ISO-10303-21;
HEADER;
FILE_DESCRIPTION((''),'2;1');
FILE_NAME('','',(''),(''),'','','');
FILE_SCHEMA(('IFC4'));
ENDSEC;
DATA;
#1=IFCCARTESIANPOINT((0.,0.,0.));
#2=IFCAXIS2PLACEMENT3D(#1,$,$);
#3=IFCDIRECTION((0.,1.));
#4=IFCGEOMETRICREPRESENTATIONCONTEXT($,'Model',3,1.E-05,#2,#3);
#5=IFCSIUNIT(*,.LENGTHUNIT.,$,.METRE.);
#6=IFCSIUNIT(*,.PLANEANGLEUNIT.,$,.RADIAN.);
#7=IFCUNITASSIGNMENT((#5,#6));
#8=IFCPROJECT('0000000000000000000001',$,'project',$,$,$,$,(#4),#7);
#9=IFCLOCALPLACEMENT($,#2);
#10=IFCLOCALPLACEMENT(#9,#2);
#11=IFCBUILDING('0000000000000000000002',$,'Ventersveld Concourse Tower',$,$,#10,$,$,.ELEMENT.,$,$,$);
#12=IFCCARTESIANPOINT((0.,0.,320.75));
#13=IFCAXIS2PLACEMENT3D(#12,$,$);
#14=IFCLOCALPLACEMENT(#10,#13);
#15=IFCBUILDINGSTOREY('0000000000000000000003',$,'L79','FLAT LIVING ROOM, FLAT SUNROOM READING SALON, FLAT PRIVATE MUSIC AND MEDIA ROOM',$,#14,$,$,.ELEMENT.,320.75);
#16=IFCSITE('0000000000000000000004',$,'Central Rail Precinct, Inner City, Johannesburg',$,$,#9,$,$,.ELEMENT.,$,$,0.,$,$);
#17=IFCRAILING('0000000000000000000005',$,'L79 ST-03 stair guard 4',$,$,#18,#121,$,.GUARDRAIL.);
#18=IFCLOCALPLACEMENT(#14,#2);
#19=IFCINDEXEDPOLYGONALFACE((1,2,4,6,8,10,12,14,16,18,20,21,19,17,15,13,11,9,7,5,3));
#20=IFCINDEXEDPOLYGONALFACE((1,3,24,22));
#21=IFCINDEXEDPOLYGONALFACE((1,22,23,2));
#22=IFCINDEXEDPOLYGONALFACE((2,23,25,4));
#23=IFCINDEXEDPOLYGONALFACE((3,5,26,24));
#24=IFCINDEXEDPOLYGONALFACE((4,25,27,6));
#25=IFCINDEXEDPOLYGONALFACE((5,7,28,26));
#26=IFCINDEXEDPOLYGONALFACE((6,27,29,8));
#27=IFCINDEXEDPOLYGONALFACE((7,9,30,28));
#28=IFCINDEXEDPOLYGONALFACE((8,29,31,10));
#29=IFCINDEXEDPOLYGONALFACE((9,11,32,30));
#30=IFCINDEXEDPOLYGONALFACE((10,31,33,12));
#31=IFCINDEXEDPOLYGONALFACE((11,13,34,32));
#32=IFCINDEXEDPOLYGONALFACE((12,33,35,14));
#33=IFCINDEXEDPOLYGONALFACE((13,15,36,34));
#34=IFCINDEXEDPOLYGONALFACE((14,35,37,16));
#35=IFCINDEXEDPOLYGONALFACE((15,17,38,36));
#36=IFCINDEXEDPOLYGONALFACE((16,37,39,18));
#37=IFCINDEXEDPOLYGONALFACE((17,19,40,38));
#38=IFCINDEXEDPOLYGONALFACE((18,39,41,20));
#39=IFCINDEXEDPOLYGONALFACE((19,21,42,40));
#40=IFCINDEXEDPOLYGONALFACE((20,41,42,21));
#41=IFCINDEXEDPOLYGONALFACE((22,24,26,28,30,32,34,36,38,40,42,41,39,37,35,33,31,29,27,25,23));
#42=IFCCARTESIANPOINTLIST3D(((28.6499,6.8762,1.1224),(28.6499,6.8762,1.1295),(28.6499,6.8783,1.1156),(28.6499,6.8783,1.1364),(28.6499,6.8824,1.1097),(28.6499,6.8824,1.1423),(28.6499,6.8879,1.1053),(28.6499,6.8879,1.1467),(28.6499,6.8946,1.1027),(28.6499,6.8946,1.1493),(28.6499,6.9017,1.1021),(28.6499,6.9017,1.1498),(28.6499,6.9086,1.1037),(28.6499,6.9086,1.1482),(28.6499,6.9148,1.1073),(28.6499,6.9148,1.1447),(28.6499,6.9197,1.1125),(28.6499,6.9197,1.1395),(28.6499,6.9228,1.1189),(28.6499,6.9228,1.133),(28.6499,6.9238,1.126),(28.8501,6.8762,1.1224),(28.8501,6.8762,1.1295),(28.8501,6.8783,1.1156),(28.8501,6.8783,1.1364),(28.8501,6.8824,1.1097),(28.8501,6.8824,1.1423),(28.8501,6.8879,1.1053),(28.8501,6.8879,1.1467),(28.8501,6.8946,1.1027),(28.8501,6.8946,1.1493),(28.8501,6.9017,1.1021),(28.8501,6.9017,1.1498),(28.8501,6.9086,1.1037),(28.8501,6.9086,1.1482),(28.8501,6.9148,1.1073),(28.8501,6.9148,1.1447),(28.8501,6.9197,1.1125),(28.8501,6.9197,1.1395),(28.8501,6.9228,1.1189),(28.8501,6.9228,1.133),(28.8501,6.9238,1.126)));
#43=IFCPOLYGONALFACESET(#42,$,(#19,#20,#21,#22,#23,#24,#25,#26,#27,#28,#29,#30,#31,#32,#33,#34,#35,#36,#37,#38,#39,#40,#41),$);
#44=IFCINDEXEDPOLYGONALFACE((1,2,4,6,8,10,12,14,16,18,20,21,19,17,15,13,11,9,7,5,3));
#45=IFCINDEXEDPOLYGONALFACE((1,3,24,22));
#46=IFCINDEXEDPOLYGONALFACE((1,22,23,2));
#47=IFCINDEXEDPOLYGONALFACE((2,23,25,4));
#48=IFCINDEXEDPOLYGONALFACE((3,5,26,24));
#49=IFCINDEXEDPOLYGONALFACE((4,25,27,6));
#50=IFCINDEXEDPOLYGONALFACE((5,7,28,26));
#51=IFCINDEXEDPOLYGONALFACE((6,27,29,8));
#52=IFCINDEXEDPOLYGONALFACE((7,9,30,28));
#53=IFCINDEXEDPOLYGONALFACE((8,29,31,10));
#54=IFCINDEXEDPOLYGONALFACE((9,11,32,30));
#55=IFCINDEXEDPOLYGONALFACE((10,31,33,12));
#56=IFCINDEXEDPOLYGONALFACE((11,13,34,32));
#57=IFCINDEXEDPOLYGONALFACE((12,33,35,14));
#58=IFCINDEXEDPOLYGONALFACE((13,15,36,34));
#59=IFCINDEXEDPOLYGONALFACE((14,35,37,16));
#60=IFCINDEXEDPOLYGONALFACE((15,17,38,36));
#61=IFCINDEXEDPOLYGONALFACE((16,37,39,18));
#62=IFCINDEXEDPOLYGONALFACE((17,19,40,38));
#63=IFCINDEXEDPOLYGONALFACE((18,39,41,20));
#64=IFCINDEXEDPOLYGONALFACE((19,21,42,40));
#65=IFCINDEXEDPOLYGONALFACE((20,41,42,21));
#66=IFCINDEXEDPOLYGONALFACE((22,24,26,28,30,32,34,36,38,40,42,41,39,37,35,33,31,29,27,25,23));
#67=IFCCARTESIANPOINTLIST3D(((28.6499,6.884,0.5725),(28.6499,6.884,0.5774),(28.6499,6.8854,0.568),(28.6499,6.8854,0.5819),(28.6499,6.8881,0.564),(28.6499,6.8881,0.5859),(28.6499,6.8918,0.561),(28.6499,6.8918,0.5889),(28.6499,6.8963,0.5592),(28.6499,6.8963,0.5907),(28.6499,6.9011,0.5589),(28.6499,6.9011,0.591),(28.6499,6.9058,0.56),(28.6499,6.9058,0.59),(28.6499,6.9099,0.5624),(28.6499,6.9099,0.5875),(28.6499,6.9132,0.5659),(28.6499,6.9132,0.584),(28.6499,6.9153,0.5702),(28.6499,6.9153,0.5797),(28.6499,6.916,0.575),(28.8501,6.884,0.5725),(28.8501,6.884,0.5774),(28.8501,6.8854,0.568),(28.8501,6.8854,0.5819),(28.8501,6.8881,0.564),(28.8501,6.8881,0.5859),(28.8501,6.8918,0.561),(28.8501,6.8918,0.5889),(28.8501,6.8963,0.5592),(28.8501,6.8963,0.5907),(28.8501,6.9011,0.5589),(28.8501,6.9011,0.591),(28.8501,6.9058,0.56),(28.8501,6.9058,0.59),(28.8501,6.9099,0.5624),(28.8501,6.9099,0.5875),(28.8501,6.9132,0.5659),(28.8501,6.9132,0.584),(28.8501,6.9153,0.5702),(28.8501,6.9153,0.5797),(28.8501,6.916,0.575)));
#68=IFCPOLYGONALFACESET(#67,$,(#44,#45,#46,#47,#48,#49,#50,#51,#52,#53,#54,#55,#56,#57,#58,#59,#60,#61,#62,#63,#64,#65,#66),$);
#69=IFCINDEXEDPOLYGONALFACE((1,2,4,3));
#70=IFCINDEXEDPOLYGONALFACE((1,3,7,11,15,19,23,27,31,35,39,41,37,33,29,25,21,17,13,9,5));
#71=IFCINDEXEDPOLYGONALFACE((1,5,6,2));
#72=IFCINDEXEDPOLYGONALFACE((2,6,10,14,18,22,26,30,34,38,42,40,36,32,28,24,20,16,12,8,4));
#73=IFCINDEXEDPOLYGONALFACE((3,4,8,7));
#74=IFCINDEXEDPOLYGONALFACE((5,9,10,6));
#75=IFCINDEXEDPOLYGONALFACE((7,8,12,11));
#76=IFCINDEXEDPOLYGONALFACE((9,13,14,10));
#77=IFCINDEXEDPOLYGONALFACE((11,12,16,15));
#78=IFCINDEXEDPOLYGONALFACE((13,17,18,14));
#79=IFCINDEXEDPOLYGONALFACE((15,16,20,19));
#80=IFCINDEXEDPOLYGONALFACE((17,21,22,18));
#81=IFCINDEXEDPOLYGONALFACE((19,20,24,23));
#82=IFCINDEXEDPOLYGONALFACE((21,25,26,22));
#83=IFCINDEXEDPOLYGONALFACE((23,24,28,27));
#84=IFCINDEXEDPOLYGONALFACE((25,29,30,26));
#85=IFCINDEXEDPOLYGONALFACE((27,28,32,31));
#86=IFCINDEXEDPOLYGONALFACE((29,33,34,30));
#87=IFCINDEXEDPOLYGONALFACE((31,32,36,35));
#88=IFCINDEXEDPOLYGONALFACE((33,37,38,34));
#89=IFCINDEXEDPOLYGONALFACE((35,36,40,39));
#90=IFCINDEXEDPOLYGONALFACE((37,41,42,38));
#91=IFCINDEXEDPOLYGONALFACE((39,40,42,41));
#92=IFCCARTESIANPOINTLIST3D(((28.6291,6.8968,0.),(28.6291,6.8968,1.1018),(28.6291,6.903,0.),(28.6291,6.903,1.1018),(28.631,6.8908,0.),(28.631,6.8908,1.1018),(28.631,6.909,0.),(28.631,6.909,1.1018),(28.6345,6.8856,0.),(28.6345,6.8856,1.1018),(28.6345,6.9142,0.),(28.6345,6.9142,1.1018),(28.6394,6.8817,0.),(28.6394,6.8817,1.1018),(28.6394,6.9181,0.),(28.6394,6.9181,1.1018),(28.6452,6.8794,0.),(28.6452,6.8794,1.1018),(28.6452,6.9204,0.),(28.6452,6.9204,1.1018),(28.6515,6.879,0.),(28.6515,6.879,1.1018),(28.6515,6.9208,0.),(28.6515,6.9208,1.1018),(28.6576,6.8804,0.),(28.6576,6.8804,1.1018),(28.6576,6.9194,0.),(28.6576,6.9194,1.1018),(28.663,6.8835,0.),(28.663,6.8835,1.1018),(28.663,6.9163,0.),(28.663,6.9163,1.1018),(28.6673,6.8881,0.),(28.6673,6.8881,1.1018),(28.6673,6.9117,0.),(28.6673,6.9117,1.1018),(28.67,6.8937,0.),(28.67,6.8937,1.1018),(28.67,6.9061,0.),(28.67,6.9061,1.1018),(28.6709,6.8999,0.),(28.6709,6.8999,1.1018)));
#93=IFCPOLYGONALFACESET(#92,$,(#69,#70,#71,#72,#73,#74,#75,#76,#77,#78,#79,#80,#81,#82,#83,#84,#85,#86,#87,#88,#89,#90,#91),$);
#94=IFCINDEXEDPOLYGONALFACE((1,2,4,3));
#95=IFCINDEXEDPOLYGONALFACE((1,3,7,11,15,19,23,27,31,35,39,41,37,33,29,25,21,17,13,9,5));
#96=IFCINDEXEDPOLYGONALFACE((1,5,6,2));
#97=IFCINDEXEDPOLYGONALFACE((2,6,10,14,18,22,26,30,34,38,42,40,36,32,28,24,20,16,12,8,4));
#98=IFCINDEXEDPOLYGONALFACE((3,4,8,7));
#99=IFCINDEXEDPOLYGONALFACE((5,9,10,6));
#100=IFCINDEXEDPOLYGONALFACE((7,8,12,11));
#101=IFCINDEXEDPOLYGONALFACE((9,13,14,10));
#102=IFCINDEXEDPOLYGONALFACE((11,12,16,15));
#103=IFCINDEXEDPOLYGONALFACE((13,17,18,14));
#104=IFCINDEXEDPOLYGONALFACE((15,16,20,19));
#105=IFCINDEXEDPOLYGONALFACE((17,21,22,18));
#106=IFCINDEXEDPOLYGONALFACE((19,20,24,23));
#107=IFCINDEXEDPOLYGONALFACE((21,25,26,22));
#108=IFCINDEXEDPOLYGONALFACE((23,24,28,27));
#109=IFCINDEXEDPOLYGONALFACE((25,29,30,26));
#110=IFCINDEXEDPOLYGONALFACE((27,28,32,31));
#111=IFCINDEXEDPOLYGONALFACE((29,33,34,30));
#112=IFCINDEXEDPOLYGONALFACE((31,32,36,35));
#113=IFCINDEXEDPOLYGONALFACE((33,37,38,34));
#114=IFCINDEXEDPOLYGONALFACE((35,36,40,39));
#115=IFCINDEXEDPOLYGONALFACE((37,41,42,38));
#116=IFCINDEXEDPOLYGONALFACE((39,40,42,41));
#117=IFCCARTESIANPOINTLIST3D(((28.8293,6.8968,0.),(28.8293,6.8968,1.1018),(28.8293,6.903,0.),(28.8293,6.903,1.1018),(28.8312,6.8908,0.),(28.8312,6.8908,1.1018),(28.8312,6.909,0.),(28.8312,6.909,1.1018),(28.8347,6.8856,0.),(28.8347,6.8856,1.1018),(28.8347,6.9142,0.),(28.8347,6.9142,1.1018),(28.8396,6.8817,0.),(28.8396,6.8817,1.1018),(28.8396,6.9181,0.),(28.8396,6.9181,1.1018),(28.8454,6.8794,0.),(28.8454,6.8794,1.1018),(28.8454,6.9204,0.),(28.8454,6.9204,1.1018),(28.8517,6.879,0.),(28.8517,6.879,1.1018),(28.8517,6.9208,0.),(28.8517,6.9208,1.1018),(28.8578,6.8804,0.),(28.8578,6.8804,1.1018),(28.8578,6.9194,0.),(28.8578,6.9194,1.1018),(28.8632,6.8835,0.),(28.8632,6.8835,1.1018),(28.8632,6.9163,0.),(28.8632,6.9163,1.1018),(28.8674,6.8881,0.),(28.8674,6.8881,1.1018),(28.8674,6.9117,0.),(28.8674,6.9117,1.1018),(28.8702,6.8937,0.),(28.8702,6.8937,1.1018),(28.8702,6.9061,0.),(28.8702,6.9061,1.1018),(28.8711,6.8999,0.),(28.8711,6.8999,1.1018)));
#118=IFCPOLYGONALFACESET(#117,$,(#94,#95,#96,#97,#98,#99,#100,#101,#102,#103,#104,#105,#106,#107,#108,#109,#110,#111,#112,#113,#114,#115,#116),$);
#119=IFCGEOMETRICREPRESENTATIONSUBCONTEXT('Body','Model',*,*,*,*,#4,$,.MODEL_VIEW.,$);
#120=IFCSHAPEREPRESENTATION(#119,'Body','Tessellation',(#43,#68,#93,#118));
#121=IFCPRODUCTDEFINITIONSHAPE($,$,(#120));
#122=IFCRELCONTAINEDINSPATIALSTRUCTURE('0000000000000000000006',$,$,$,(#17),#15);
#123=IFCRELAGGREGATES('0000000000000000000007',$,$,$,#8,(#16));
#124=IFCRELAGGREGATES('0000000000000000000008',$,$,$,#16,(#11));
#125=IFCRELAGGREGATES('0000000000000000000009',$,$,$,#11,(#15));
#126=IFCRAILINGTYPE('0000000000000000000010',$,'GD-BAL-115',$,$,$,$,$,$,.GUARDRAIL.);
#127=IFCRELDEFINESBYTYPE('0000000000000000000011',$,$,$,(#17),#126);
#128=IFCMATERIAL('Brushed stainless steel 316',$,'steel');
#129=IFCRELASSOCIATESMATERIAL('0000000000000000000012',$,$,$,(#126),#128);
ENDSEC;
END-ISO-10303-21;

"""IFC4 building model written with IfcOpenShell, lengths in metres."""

from ifc_helpers import new_model, si_unit, direction, frame, origin, origin_2d, place, context, subcontext, project, spatial, circle, extrude, material, type_object, element, save


model = new_model("IFC4")

# Units and contexts
model_context = context("Model", 3, precision=1e-05, world=origin(), true_north=direction((0.0, 1.0)))
body_context = subcontext(model_context, "Body", "Model", "MODEL_VIEW")
ifc_project = project(units=[si_unit("LENGTHUNIT", "METRE"), si_unit("PLANEANGLEUNIT", "RADIAN")], contexts=[model_context])

# Site, building, storey
site_placement = place(None, origin())
site = spatial("IfcSite", under=ifc_project, at=site_placement, Name="Central Rail Precinct, Inner City, Johannesburg", CompositionType="ELEMENT", RefElevation=0.0)
building_placement = place(site_placement, origin())
building = spatial("IfcBuilding", under=site, at=building_placement, Name="Ventersveld Concourse Tower", CompositionType="ELEMENT")
storey_placement = place(building_placement, frame((0.0, 0.0, 320.75)))
storey = spatial("IfcBuildingStorey", under=building, at=storey_placement, Name="L79", Description="FLAT LIVING ROOM, FLAT SUNROOM READING SALON, FLAT PRIVATE MUSIC AND MEDIA ROOM", CompositionType="ELEMENT", Elevation=320.75)

# Shared definitions
ifc_material_1 = material(Name="Brushed stainless steel 316", Category="steel")

# Railing
railing_type_1 = type_object("IfcRailingType", Name="GD-BAL-115", PredefinedType="GUARDRAIL", material=ifc_material_1)
railing_1_placement = place(storey_placement, frame((28.6499, 6.8999, 0.0)))
element("IfcRailing", 1, at=railing_1_placement, inside=storey, type_object=railing_type_1, Name="L79 ST-03 stair guard 4", PredefinedType="GUARDRAIL", context=body_context, shape_type="SweptSolid", body=[
    extrude(circle(Radius=0.0239, at=origin_2d()), frame((0.0, 0.0, 1.126), z_axis=(1.0, 0.0, 0.0), x_axis=(0.0, 1.0, 0.0)), (0.0, 0.0, 1.0), 0.2002),
    extrude(circle(Radius=0.0161, at=origin_2d()), frame((0.0, 0.0, 0.575), z_axis=(1.0, 0.0, 0.0), x_axis=(0.0, 1.0, 0.0)), (0.0, 0.0, 1.0), 0.2002),
    extrude(circle(Radius=0.021, at=origin_2d()), origin(), (0.0, 0.0, 1.0), 1.1018),
    extrude(circle(Radius=0.021, at=origin_2d()), frame((0.2002, 0.0, 0.0)), (0.0, 0.0, 1.0), 1.1018),
])

save(model, "model.ifc")
